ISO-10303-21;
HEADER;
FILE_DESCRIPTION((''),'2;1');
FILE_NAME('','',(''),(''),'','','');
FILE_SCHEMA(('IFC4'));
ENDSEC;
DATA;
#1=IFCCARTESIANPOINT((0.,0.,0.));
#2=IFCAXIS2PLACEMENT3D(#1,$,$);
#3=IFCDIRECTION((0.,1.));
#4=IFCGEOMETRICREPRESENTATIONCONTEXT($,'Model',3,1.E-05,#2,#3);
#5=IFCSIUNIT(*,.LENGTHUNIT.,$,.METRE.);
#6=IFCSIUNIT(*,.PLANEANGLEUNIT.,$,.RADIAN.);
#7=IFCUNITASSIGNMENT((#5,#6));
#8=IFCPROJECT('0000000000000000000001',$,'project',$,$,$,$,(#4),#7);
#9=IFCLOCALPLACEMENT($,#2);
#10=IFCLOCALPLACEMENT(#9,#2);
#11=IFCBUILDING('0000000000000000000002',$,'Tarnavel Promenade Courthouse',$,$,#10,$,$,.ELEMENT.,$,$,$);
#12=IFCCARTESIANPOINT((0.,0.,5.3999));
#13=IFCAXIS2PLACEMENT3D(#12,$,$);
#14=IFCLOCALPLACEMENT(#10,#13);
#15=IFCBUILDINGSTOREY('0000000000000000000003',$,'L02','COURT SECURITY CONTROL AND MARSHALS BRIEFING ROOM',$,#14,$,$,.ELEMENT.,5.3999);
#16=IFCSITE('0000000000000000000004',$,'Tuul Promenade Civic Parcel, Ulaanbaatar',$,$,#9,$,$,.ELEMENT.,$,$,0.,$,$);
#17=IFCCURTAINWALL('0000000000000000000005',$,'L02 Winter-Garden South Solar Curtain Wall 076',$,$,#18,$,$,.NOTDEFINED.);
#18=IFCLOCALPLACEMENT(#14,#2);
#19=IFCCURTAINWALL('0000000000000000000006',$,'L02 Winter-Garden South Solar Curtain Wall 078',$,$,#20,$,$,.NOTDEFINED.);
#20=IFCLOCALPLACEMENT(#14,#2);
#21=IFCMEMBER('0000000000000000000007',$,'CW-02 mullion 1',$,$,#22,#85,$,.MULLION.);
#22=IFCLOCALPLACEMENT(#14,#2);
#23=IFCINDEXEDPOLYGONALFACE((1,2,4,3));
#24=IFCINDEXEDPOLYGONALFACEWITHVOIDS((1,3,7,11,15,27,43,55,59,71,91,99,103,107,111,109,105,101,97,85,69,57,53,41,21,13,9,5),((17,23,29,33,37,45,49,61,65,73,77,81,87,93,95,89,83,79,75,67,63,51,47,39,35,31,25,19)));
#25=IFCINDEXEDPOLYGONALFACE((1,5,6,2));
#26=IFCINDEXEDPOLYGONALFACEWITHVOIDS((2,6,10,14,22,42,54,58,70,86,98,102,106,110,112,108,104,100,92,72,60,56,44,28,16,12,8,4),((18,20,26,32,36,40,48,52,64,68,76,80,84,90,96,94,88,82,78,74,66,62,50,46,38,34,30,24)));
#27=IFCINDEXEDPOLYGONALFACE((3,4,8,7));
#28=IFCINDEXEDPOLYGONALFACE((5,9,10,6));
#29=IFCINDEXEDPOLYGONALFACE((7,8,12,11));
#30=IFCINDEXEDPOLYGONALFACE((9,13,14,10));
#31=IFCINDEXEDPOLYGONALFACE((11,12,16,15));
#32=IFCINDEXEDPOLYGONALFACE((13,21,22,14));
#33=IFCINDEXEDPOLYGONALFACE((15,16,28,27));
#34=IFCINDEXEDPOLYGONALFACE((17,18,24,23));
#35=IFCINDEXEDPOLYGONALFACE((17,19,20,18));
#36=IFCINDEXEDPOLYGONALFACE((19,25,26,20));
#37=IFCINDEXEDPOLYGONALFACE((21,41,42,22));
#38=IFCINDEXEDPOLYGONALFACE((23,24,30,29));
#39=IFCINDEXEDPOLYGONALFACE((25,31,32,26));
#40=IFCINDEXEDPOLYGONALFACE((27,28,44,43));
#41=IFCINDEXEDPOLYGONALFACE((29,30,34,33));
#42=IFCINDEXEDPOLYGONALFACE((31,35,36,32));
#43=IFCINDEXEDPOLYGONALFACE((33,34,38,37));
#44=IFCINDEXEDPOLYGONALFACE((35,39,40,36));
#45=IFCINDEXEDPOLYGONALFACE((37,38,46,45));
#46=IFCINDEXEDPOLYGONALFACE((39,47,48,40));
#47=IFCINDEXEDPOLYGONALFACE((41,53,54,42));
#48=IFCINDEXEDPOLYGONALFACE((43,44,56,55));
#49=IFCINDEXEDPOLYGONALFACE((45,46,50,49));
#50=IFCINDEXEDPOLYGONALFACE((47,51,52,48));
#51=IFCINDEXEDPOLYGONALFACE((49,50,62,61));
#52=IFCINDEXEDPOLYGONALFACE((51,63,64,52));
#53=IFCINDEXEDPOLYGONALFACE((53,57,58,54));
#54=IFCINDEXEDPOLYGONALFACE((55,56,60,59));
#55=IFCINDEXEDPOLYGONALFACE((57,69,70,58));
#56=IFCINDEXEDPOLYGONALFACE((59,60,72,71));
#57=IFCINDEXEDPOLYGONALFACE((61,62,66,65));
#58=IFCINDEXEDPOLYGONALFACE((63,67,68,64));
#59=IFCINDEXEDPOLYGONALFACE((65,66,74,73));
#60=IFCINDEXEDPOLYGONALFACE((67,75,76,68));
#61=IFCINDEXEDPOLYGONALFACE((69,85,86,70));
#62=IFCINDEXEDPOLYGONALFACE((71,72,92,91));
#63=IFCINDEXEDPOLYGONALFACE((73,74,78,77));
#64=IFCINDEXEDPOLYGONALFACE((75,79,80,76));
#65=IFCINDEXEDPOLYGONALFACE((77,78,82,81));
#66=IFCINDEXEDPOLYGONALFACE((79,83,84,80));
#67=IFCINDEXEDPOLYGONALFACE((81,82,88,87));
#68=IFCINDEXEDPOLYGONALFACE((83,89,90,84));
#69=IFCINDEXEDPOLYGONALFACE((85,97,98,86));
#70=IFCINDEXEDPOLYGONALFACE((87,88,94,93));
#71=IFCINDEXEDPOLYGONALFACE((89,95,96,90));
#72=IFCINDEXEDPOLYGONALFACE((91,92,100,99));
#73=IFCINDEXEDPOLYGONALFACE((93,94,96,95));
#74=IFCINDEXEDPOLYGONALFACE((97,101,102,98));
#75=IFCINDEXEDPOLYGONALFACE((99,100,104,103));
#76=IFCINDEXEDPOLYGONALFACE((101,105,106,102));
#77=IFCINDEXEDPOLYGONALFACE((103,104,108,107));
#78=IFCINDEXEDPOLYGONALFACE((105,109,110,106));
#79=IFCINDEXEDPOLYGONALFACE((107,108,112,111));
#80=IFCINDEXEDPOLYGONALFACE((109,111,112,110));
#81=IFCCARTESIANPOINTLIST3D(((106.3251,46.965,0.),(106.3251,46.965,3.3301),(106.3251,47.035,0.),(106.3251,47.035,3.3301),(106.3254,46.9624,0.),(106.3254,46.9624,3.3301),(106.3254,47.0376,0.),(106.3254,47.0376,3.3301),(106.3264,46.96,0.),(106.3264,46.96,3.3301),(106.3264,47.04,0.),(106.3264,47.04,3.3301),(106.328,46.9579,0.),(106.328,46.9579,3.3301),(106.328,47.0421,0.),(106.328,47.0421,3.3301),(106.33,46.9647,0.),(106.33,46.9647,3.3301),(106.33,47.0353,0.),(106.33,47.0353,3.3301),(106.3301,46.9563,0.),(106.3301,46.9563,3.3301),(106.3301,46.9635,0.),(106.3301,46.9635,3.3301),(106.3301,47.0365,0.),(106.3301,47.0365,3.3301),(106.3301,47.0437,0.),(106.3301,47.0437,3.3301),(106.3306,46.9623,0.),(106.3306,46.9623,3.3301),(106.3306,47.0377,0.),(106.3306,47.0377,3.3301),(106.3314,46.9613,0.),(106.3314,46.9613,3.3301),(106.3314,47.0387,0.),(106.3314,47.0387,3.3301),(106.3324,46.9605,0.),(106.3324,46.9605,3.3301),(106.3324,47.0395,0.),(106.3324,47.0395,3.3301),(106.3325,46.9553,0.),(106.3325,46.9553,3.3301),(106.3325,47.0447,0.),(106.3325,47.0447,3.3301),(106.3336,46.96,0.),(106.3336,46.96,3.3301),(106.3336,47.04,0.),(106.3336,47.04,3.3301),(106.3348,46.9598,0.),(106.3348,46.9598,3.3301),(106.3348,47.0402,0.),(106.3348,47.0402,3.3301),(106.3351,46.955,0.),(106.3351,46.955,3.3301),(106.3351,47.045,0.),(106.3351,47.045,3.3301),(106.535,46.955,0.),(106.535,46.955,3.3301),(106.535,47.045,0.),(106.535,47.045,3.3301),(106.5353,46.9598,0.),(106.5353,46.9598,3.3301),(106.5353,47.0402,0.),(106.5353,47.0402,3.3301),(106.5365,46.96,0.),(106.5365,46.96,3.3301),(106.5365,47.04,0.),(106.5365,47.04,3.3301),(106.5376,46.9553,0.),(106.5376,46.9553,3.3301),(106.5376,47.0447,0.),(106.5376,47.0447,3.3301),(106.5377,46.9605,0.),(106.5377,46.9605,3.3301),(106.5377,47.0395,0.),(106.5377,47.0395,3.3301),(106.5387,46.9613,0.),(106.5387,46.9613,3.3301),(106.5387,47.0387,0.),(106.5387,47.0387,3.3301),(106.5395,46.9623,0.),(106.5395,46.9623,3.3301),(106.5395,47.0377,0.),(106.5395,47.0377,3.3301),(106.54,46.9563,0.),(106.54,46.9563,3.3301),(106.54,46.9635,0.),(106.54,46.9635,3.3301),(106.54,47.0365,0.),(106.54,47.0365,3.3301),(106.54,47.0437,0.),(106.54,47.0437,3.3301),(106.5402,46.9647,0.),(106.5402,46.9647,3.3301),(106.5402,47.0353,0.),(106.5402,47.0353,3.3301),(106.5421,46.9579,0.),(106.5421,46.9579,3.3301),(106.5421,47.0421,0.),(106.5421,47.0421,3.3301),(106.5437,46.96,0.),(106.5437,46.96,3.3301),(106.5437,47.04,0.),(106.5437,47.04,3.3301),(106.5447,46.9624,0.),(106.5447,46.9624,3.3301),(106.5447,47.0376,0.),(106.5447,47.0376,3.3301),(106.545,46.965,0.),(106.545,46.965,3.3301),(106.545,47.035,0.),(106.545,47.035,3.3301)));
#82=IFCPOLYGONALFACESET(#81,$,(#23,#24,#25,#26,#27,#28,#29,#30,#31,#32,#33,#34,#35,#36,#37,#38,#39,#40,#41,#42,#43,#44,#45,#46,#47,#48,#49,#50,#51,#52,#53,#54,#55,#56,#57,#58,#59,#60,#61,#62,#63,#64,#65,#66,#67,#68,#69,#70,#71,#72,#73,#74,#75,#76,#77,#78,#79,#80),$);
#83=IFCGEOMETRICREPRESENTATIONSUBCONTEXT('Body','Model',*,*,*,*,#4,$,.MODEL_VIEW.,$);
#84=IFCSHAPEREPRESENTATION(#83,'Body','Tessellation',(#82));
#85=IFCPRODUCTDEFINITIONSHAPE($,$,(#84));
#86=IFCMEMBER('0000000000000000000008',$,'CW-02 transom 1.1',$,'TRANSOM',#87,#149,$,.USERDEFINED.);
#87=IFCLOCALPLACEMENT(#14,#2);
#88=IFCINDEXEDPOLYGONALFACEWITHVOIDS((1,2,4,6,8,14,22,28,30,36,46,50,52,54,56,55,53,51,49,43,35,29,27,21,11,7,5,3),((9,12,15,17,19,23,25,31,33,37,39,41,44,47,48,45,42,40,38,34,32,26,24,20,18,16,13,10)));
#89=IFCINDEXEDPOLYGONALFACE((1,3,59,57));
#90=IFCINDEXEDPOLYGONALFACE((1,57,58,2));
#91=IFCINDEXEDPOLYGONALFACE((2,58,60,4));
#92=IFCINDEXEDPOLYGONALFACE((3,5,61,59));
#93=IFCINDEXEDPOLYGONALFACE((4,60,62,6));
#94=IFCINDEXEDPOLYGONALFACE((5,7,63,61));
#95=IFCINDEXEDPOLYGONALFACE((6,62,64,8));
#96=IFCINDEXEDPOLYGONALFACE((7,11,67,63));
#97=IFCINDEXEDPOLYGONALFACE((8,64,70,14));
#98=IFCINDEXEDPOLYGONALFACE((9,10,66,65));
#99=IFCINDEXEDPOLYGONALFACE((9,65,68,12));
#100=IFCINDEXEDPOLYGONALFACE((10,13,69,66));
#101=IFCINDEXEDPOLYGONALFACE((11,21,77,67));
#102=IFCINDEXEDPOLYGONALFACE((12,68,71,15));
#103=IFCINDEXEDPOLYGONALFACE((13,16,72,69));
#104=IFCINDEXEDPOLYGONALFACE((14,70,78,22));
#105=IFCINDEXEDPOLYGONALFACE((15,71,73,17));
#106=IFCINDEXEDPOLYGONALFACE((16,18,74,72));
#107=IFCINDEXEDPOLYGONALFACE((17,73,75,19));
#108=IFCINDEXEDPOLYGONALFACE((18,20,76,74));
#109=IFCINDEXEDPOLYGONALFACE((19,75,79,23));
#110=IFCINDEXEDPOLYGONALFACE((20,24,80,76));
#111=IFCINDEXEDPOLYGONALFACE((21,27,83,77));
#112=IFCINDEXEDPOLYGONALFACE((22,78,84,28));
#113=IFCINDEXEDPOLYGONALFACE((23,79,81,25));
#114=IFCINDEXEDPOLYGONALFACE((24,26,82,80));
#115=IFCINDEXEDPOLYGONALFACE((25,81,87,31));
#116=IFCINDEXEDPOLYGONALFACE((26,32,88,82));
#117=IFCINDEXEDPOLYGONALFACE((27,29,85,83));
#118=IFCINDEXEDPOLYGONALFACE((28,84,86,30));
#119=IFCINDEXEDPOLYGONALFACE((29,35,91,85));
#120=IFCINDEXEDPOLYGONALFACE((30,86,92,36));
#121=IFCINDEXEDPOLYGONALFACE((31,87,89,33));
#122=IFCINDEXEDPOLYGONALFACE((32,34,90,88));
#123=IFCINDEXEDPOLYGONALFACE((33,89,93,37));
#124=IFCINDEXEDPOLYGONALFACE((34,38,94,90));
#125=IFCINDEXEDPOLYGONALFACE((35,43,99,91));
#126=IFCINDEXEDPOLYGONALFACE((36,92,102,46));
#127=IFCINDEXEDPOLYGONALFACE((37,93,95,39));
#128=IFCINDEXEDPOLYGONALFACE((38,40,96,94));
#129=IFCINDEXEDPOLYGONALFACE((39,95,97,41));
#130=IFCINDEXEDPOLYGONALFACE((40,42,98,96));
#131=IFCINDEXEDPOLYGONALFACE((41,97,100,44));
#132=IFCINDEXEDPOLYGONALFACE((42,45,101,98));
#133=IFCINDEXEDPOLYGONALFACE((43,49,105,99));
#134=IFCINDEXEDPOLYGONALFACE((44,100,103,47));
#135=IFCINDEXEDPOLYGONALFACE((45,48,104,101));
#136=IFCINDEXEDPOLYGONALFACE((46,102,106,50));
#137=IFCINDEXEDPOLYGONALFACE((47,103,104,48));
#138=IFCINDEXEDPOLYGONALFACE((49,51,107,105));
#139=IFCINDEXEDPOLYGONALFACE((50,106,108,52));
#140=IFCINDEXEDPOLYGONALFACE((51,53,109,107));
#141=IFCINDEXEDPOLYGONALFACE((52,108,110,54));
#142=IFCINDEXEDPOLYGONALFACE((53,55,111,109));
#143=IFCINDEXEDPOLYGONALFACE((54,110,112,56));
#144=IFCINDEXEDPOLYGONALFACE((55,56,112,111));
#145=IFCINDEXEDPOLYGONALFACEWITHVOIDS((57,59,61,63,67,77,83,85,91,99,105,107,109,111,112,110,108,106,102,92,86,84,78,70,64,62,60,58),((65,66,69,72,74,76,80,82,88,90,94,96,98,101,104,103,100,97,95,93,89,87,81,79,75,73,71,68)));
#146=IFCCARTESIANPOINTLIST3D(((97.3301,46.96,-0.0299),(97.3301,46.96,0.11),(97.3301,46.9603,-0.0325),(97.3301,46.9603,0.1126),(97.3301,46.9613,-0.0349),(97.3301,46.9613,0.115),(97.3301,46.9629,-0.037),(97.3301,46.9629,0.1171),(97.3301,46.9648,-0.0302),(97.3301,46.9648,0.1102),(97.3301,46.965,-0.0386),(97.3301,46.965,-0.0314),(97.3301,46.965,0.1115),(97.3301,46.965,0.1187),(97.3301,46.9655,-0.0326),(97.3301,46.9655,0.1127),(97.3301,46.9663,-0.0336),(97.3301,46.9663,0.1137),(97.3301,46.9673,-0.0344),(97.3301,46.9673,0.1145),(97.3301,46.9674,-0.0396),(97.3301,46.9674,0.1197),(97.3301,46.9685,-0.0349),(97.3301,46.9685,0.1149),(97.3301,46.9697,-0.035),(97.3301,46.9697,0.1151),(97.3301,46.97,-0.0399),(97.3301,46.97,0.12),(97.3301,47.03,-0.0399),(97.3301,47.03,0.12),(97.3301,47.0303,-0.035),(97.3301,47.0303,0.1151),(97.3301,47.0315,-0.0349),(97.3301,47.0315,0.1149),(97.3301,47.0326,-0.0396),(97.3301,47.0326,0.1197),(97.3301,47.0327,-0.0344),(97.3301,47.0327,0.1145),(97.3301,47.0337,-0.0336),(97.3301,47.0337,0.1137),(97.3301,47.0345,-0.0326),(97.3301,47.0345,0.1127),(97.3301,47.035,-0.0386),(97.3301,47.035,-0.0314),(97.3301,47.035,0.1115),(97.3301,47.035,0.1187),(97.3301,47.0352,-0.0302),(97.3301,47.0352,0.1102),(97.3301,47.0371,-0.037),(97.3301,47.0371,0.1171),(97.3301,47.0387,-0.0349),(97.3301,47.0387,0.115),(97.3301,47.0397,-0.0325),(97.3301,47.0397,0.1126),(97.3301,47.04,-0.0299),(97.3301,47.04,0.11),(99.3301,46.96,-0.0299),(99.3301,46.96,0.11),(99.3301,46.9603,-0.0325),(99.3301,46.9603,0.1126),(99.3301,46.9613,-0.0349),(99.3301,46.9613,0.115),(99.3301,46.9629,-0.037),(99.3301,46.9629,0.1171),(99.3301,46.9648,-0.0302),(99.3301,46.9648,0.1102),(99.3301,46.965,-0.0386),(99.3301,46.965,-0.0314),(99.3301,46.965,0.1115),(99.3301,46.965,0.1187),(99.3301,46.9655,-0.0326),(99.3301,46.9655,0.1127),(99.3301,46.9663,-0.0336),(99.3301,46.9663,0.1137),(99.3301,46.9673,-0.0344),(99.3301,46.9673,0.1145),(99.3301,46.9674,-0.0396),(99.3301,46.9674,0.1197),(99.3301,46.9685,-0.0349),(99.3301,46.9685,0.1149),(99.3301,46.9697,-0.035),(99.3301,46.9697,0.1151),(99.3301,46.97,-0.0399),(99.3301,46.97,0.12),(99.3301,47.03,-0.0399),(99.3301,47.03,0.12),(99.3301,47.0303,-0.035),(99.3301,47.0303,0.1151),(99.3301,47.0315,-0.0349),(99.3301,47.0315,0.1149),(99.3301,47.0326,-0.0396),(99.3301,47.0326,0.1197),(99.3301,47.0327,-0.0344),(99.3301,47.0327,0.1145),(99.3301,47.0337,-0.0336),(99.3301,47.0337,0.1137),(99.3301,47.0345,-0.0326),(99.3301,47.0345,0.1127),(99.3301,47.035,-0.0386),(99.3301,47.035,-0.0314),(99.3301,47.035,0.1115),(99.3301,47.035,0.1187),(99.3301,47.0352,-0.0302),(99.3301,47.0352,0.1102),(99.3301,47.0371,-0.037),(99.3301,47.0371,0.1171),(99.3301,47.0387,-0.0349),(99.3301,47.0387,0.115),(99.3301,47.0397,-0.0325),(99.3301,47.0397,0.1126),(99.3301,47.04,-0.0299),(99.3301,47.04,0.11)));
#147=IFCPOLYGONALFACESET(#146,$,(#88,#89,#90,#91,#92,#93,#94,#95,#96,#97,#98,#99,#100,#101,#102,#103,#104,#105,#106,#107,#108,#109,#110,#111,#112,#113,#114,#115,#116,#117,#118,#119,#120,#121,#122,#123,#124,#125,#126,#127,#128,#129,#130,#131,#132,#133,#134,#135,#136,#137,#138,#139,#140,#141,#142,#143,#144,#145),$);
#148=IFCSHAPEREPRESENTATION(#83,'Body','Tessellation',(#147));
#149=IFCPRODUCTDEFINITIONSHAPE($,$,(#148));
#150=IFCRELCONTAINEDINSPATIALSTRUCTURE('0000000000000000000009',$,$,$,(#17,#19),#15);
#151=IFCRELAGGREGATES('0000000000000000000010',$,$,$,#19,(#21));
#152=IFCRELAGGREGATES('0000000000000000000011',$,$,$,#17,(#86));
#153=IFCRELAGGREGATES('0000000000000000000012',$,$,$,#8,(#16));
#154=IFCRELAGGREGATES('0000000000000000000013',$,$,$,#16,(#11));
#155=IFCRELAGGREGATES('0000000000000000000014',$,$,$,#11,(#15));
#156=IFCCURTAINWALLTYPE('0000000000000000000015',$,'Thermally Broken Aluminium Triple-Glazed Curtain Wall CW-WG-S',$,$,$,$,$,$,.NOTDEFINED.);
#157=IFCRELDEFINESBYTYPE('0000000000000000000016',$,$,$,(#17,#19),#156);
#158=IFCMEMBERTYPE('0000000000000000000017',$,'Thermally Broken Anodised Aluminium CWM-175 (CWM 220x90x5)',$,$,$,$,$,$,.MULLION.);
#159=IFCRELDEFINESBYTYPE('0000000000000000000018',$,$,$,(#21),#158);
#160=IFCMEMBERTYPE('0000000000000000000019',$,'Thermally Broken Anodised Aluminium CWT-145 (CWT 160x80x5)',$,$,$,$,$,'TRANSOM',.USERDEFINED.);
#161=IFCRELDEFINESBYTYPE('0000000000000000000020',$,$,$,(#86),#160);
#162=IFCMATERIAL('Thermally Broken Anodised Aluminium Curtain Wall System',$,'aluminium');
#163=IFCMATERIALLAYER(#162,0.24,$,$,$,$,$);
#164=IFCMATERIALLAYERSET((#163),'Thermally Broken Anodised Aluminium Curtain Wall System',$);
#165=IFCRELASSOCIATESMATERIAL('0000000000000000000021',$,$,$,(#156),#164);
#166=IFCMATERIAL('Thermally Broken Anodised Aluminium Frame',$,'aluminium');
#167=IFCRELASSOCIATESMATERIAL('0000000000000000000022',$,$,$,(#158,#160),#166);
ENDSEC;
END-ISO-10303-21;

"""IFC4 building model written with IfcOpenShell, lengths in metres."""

from ifc_helpers import new_model, si_unit, direction, frame, origin, origin_2d, place, context, subcontext, project, spatial, hollow_rectangle, extrude, material, layer, layer_set, material_profile, profile_set, type_object, element, aggregate, save


model = new_model("IFC4")

# Units and contexts
model_context = context("Model", 3, precision=1e-05, world=origin(), true_north=direction((0.0, 1.0)))
body_context = subcontext(model_context, "Body", "Model", "MODEL_VIEW")
ifc_project = project(units=[si_unit("LENGTHUNIT", "METRE"), si_unit("PLANEANGLEUNIT", "RADIAN")], contexts=[model_context])

# Site, building, storey
site_placement = place(None, origin())
site = spatial("IfcSite", under=ifc_project, at=site_placement, Name="Tuul Promenade Civic Parcel, Ulaanbaatar", CompositionType="ELEMENT", RefElevation=0.0)
building_placement = place(site_placement, origin())
building = spatial("IfcBuilding", under=site, at=building_placement, Name="Tarnavel Promenade Courthouse", CompositionType="ELEMENT")
storey_placement = place(building_placement, frame((0.0, 0.0, 5.3999)))
storey = spatial("IfcBuildingStorey", under=building, at=storey_placement, Name="L02", Description="COURT SECURITY CONTROL AND MARSHALS BRIEFING ROOM", CompositionType="ELEMENT", Elevation=5.3999)

# Shared definitions
ifc_material_1 = material(Name="Thermally Broken Anodised Aluminium Curtain Wall System", Category="aluminium")
ifc_layer_1 = layer(ifc_material_1, 0.24)
ifc_layer_set_1 = layer_set([ifc_layer_1], Name="Thermally Broken Anodised Aluminium Curtain Wall System")
curtain_wall_type = type_object("IfcCurtainWallType", Name="Thermally Broken Aluminium Triple-Glazed Curtain Wall CW-WG-S", PredefinedType="NOTDEFINED", material=ifc_layer_set_1)
ifc_material_2 = material(Name="Thermally Broken Anodised Aluminium Frame", Category="aluminium")
ifc_material_profile_1 = material_profile(ifc_material_2, hollow_rectangle(XDim=0.0901, YDim=0.22, WallThickness=0.0049, InnerFilletRadius=0.0049, OuterFilletRadius=0.01, at=origin_2d()), Name="CWM 220x90x5")
ifc_profile_set_1 = profile_set([ifc_material_profile_1], Name="Thermally Broken Anodised Aluminium Frame")
member_type_1 = type_object("IfcMemberType", Name="Thermally Broken Anodised Aluminium CWM-175 (CWM 220x90x5)", PredefinedType="MULLION", material=ifc_profile_set_1)

# Curtain wall
curtain_wall_1_placement = place(storey_placement, origin())
curtain_wall_1 = element("IfcCurtainWall", 1, at=curtain_wall_1_placement, inside=storey, type_object=curtain_wall_type, Name="L02 Winter-Garden South Solar Curtain Wall 076", PredefinedType="NOTDEFINED")

# Curtain wall, member
curtain_wall_2_placement = place(storey_placement, origin())
curtain_wall_2 = element("IfcCurtainWall", 2, at=curtain_wall_2_placement, inside=storey, type_object=curtain_wall_type, Name="L02 Winter-Garden South Solar Curtain Wall 078", PredefinedType="NOTDEFINED")
member_1_placement = place(storey_placement, frame((106.4351, 47.0, 0.0), z_axis=(0.0, 0.0, 1.0), x_axis=(0.0, 1.0, 0.0)))
member_1 = element("IfcMember", 3, at=member_1_placement, type_object=member_type_1, Name="CW-02 mullion 1", PredefinedType="MULLION", context=body_context, shape_type="SweptSolid", body=[
    extrude(hollow_rectangle(XDim=0.0901, YDim=0.22, WallThickness=0.0049, InnerFilletRadius=0.0049, OuterFilletRadius=0.01, at=origin_2d()), origin(), (0.0, 0.0, 1.0), 3.3301),
])

# Member
ifc_material_profile_2 = material_profile(ifc_material_2, hollow_rectangle(XDim=0.0801, YDim=0.1599, WallThickness=0.0049, InnerFilletRadius=0.0049, OuterFilletRadius=0.01, at=origin_2d()), Name="CWT 160x80x5")
ifc_profile_set_2 = profile_set([ifc_material_profile_2], Name="Thermally Broken Anodised Aluminium Frame")
member_type_2 = type_object("IfcMemberType", Name="Thermally Broken Anodised Aluminium CWT-145 (CWT 160x80x5)", ElementType="TRANSOM", PredefinedType="USERDEFINED", material=ifc_profile_set_2)
member_2_placement = place(storey_placement, frame((97.3301, 47.0, 0.04), z_axis=(1.0, 0.0, 0.0), x_axis=(0.0, 1.0, 0.0)))
member_2 = element("IfcMember", 4, at=member_2_placement, type_object=member_type_2, Name="CW-02 transom 1.1", ObjectType="TRANSOM", PredefinedType="USERDEFINED", context=body_context, shape_type="SweptSolid", body=[
    extrude(hollow_rectangle(XDim=0.0801, YDim=0.1599, WallThickness=0.0049, InnerFilletRadius=0.0049, OuterFilletRadius=0.01, at=origin_2d()), origin(), (0.0, 0.0, 1.0), 2.0),
])
aggregate(curtain_wall_2, [member_1])

aggregate(curtain_wall_1, [member_2])

save(model, "model.ifc")
